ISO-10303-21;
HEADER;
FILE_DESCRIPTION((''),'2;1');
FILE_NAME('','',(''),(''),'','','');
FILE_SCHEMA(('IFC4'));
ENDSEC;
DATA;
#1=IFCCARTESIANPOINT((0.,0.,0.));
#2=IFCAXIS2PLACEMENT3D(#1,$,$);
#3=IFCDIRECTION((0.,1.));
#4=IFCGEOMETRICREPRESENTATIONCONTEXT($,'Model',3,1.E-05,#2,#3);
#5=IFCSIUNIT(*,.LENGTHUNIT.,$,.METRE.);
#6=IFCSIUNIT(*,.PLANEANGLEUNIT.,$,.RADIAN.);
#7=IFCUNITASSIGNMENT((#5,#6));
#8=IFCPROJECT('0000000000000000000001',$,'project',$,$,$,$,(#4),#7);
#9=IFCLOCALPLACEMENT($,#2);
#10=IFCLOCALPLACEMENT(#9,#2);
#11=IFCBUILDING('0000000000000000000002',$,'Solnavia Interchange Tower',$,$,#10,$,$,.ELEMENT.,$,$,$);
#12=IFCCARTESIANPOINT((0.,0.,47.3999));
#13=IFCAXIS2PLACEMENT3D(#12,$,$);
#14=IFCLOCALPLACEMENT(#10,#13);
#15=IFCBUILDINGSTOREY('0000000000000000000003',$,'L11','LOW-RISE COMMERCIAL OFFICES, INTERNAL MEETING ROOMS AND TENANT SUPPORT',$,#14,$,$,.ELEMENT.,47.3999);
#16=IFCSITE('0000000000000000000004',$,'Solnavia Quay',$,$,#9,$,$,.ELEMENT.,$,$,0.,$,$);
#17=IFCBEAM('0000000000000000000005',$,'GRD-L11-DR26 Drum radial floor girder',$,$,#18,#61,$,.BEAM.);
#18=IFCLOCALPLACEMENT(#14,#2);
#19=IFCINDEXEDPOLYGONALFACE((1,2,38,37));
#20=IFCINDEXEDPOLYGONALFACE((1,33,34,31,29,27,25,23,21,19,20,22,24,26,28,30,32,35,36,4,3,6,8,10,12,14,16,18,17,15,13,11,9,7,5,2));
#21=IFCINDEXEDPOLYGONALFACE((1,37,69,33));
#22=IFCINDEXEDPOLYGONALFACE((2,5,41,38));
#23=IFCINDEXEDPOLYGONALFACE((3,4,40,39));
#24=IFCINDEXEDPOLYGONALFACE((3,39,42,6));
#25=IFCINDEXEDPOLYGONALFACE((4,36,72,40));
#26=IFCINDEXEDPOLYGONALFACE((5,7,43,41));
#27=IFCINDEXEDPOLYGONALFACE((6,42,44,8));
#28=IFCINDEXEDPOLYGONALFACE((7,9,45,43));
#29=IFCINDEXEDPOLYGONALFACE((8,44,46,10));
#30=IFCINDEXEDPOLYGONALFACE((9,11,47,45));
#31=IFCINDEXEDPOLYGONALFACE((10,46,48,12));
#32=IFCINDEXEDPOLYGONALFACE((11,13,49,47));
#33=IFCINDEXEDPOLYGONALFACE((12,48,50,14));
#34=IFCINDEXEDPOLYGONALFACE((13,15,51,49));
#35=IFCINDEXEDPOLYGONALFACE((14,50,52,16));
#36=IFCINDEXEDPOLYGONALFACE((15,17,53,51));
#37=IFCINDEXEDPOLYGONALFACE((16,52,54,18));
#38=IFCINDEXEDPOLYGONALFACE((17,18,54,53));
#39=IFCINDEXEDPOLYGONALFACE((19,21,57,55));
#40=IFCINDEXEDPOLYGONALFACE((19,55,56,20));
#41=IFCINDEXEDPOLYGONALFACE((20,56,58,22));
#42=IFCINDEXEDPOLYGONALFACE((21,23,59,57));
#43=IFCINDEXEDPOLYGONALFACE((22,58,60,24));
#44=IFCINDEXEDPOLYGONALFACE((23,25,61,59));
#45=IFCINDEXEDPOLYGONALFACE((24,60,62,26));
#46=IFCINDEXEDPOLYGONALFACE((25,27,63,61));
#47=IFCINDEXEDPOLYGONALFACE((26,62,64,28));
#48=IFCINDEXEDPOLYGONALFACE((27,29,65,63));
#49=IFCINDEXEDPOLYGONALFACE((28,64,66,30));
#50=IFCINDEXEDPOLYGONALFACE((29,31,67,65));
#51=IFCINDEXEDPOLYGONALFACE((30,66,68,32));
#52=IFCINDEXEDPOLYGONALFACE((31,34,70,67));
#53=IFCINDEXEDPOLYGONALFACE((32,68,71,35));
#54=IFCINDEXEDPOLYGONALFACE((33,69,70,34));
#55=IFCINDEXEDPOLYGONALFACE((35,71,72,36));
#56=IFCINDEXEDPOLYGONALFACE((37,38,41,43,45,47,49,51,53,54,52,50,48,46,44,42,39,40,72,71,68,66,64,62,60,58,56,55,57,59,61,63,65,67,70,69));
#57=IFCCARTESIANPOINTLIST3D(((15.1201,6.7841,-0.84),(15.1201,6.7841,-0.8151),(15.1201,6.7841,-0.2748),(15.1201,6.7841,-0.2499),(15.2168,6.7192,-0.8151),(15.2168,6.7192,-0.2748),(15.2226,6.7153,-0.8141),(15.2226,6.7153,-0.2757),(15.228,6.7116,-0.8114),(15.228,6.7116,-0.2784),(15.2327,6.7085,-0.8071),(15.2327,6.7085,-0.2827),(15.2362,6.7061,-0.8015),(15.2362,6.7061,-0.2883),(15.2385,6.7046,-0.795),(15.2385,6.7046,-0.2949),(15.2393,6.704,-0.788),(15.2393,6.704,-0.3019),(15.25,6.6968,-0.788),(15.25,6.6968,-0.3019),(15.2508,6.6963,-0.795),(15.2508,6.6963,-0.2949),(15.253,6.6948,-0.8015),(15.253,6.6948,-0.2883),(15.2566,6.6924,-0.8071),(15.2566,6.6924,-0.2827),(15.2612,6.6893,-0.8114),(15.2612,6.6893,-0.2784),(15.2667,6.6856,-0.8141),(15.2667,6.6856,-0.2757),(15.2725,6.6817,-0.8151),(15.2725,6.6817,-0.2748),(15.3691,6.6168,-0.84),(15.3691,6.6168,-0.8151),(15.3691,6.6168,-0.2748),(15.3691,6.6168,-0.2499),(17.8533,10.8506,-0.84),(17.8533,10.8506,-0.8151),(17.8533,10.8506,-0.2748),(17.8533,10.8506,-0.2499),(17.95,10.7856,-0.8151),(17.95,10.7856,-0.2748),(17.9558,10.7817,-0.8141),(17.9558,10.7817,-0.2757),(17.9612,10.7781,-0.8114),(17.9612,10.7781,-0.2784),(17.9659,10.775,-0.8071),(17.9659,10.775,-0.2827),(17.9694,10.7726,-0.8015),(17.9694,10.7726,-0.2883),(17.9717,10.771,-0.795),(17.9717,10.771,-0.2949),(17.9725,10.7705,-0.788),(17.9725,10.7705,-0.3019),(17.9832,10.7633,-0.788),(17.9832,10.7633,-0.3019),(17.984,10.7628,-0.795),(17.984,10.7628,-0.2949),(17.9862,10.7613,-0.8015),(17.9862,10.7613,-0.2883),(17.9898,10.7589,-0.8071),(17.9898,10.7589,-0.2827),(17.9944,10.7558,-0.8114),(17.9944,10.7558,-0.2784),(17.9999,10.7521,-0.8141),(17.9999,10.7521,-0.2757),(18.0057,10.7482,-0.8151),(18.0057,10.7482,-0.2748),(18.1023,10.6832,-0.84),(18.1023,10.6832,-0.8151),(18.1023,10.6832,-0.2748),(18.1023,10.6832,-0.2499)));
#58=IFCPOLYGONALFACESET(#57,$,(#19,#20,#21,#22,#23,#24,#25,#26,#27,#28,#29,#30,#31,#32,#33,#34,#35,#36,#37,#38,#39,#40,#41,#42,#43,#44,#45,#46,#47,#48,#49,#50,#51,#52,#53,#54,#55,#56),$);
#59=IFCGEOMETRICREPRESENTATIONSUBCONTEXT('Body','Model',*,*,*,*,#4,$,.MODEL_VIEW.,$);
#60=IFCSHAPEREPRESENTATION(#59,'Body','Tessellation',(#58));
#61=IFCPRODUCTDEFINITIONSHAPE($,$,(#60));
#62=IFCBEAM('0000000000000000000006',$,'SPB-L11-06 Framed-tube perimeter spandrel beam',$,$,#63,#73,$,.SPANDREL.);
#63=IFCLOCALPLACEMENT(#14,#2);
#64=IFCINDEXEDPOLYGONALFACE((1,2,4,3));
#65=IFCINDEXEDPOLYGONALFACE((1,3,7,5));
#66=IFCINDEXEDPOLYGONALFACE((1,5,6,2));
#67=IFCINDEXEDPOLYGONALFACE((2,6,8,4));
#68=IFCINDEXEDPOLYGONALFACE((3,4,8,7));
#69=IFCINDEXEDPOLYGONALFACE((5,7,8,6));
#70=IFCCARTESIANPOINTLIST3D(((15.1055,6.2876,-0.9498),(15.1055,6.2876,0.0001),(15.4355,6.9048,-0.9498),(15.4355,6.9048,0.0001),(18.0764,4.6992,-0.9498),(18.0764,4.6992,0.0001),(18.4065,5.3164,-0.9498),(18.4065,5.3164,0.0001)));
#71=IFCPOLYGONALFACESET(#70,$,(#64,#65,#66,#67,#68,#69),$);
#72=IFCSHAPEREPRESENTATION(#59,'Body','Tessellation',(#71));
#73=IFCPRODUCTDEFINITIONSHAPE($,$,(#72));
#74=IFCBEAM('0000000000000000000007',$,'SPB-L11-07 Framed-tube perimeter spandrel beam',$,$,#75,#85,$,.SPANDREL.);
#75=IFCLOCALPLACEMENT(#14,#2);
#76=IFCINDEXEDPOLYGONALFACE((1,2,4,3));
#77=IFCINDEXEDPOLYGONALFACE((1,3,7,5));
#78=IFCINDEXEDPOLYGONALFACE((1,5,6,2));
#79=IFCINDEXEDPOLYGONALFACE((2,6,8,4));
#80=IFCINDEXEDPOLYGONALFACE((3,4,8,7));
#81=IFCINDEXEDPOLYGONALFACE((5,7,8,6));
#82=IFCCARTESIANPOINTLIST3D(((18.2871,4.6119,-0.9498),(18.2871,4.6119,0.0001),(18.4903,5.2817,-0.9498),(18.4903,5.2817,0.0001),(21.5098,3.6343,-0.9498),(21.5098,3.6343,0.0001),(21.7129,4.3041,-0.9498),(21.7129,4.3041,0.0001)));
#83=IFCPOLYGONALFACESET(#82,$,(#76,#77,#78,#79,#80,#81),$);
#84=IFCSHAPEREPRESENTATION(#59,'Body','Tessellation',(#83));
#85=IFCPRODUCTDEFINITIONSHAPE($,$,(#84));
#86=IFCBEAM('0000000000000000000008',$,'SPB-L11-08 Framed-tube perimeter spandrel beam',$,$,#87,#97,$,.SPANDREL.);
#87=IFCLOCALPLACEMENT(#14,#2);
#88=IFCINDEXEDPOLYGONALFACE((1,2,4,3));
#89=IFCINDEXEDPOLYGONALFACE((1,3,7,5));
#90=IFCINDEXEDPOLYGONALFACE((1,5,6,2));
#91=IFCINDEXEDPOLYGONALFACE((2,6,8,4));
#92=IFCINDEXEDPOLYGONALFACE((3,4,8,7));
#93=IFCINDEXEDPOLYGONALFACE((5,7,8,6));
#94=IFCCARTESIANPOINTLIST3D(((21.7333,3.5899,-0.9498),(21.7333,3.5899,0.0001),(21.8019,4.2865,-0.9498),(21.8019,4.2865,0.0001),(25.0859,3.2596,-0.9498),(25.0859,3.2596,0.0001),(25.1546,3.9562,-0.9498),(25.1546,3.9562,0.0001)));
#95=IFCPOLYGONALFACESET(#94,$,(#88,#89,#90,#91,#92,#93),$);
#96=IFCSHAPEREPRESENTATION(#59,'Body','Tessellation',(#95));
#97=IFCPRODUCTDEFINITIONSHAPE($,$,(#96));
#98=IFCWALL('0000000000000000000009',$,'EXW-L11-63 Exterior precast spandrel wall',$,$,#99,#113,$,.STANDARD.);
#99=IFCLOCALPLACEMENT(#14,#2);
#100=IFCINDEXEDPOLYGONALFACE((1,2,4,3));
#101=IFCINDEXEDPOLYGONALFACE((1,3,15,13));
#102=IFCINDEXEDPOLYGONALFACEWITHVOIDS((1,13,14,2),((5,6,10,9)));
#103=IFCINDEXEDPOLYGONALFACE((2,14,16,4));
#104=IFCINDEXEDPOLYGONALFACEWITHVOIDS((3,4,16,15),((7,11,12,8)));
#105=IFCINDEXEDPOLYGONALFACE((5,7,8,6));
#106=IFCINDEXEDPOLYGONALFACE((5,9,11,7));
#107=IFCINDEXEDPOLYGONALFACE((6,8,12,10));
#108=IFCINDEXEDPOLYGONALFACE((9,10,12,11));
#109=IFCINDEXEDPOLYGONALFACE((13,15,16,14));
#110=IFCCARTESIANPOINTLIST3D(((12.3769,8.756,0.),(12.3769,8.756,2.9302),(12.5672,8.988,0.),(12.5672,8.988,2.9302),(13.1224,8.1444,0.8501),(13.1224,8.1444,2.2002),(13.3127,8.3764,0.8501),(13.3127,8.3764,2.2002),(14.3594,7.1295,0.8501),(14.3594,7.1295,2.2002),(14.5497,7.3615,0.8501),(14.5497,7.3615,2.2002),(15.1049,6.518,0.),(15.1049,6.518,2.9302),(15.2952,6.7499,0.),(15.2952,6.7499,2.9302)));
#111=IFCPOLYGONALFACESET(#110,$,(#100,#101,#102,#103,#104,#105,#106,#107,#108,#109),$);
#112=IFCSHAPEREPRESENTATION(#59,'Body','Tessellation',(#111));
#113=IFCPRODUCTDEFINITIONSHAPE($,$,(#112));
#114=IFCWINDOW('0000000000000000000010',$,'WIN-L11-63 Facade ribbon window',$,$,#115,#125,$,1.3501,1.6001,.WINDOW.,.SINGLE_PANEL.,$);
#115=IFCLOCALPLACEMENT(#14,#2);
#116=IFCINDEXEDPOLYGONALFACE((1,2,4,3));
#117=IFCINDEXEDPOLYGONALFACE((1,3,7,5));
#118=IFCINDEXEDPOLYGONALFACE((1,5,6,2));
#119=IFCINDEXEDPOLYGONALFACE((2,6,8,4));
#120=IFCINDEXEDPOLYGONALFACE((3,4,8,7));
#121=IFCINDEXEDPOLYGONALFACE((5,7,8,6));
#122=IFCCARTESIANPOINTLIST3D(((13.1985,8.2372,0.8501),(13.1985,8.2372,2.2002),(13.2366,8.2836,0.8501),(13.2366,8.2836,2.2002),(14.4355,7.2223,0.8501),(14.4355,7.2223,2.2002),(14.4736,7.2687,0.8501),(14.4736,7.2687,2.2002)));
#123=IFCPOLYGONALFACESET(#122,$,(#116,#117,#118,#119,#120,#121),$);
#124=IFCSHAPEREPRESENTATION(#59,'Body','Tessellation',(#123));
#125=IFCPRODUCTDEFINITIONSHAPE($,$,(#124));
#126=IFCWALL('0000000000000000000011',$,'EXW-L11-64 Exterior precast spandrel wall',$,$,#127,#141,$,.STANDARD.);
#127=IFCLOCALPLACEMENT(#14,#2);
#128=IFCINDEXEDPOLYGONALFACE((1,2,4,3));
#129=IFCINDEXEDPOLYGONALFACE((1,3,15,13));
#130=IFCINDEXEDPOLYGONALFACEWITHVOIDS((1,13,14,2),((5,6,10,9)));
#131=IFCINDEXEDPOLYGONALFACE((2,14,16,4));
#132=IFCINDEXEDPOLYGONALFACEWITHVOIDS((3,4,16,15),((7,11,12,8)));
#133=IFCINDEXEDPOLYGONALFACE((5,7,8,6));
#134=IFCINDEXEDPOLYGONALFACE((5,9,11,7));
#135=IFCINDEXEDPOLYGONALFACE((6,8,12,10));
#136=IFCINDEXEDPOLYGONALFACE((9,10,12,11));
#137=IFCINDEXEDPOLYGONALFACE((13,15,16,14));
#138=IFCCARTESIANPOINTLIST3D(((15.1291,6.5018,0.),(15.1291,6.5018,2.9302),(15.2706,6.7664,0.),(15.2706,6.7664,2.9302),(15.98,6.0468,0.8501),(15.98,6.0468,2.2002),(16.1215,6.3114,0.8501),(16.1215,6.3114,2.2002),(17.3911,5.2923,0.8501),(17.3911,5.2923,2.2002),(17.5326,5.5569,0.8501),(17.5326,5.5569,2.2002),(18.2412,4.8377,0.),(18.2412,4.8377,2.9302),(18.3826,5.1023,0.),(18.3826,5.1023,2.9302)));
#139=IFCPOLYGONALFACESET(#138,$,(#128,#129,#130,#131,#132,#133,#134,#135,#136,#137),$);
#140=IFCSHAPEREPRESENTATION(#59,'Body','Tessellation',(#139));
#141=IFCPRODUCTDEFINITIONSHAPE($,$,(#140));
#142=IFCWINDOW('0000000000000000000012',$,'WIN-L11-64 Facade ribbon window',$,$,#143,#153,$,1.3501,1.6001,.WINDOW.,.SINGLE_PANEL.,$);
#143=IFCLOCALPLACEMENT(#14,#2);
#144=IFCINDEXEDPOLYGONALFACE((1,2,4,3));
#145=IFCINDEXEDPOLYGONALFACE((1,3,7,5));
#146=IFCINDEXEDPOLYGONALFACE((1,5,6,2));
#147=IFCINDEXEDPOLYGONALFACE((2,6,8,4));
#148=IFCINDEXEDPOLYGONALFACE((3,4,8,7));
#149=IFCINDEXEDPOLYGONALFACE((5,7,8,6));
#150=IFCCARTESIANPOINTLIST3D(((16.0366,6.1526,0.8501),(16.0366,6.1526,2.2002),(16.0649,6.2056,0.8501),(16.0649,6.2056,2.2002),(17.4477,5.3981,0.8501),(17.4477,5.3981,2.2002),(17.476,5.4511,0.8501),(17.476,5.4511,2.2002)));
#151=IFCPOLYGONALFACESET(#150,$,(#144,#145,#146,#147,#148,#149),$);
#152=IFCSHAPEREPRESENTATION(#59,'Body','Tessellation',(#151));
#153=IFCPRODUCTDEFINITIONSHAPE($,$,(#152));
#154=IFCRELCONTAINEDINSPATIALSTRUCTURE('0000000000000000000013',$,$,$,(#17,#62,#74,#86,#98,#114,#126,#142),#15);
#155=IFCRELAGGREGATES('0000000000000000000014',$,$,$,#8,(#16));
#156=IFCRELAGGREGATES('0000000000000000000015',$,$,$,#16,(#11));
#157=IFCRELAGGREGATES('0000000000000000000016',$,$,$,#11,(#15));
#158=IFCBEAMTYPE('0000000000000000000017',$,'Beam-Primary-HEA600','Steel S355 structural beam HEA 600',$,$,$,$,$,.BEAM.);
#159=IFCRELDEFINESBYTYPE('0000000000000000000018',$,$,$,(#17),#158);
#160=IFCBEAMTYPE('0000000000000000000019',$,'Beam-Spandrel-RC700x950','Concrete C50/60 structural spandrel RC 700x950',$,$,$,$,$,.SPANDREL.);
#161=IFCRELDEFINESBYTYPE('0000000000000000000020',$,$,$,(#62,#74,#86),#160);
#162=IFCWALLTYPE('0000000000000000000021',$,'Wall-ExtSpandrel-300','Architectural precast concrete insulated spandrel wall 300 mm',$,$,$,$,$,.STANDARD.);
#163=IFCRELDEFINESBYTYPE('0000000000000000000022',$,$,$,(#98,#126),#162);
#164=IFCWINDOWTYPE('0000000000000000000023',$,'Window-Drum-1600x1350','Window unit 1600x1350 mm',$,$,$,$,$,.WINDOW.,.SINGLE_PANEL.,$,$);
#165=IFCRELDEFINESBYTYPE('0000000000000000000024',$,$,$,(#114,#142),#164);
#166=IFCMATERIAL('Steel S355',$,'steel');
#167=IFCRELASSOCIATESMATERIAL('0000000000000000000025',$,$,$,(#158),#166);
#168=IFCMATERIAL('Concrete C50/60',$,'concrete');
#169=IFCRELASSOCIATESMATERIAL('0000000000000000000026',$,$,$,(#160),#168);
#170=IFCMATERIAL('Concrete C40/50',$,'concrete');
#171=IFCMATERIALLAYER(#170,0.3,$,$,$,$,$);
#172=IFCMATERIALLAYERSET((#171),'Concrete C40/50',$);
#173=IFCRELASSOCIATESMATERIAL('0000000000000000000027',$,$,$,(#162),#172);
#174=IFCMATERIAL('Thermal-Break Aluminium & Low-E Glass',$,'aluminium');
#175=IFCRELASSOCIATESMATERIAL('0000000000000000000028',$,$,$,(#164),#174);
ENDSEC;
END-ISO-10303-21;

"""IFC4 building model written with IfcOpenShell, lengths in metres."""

from ifc_helpers import new_model, si_unit, direction, frame, frame_2d, origin, origin_2d, place, context, subcontext, project, spatial, rectangle, i_section, extrude, material, layer, layer_set, material_profile, profile_set, type_object, element, fill, save


model = new_model("IFC4")

# Units and contexts
model_context = context("Model", 3, precision=1e-05, world=origin(), true_north=direction((0.0, 1.0)))
body_context = subcontext(model_context, "Body", "Model", "MODEL_VIEW")
ifc_project = project(units=[si_unit("LENGTHUNIT", "METRE"), si_unit("PLANEANGLEUNIT", "RADIAN")], contexts=[model_context])

# Site, building, storey
site_placement = place(None, origin())
site = spatial("IfcSite", under=ifc_project, at=site_placement, Name="Solnavia Quay", CompositionType="ELEMENT", RefElevation=0.0)
building_placement = place(site_placement, origin())
building = spatial("IfcBuilding", under=site, at=building_placement, Name="Solnavia Interchange Tower", CompositionType="ELEMENT")
storey_placement = place(building_placement, frame((0.0, 0.0, 47.3999)))
storey = spatial("IfcBuildingStorey", under=building, at=storey_placement, Name="L11", Description="LOW-RISE COMMERCIAL OFFICES, INTERNAL MEETING ROOMS AND TENANT SUPPORT", CompositionType="ELEMENT", Elevation=47.3999)

# Shared definitions
ifc_material_1 = material(Name="Steel S355", Category="steel")

# Beams
ifc_material_profile_1 = material_profile(ifc_material_1, i_section(OverallWidth=0.3, OverallDepth=0.5901, WebThickness=0.0129, FlangeThickness=0.0249, FilletRadius=0.0271, at=origin_2d()), Name="HEA 600")
ifc_profile_set_1 = profile_set([ifc_material_profile_1], Name="Steel S355")
beam_type_1 = type_object("IfcBeamType", Name="Beam-Primary-HEA600", Description="Steel S355 structural beam HEA 600", PredefinedType="BEAM", material=ifc_profile_set_1)
beam_1_placement = place(storey_placement, frame((15.2446, 6.7004, -0.5449), z_axis=(0.557835, 0.829952, 0.0), x_axis=(-0.829952, 0.557835, 0.0)))
element("IfcBeam", 1, at=beam_1_placement, inside=storey, type_object=beam_type_1, Name="GRD-L11-DR26 Drum radial floor girder", PredefinedType="BEAM", context=body_context, shape_type="SweptSolid", body=[
    extrude(i_section(OverallWidth=0.3, OverallDepth=0.5901, WebThickness=0.0129, FlangeThickness=0.0249, FilletRadius=0.0271, at=origin_2d()), origin(), (0.0, 0.0, 1.0), 4.8997),
])
ifc_material_2 = material(Name="Concrete C50/60", Category="concrete")
ifc_material_profile_2 = material_profile(ifc_material_2, rectangle(XDim=0.7, YDim=0.95, at=origin_2d()), Name="RC 700x950")
ifc_profile_set_2 = profile_set([ifc_material_profile_2], Name="Concrete C50/60")
beam_type_2 = type_object("IfcBeamType", Name="Beam-Spandrel-RC700x950", Description="Concrete C50/60 structural spandrel RC 700x950", PredefinedType="SPANDREL", material=ifc_profile_set_2)
beam_2_placement = place(storey_placement, frame((15.2705, 6.5962, -0.4749), z_axis=(0.881875, -0.471483, 0.0), x_axis=(0.471483, 0.881875, 0.0)))
element("IfcBeam", 2, at=beam_2_placement, inside=storey, type_object=beam_type_2, Name="SPB-L11-06 Framed-tube perimeter spandrel beam", PredefinedType="SPANDREL", context=body_context, shape_type="SweptSolid", body=[
    extrude(rectangle(XDim=0.7, YDim=0.95, at=origin_2d()), origin(), (0.0, 0.0, 1.0), 3.3689),
])
beam_3_placement = place(storey_placement, frame((18.3887, 4.9468, -0.4749), z_axis=(0.956944, -0.290273, 0.0), x_axis=(0.290273, 0.956944, 0.0)))
element("IfcBeam", 3, at=beam_3_placement, inside=storey, type_object=beam_type_2, Name="SPB-L11-07 Framed-tube perimeter spandrel beam", PredefinedType="SPANDREL", context=body_context, shape_type="SweptSolid", body=[
    extrude(rectangle(XDim=0.7, YDim=0.95, at=origin_2d()), origin(), (0.0, 0.0, 1.0), 3.3677),
])
beam_4_placement = place(storey_placement, frame((21.7676, 3.9382, -0.4749), z_axis=(0.995182, -0.098047, 0.0), x_axis=(0.098047, 0.995182, 0.0)))
element("IfcBeam", 4, at=beam_4_placement, inside=storey, type_object=beam_type_2, Name="SPB-L11-08 Framed-tube perimeter spandrel beam", PredefinedType="SPANDREL", context=body_context, shape_type="SweptSolid", body=[
    extrude(rectangle(XDim=0.7, YDim=0.95, at=origin_2d()), origin(), (0.0, 0.0, 1.0), 3.3689),
])

# Walls, openings, windows
ifc_material_3 = material(Name="Concrete C40/50", Category="concrete")
ifc_layer_1 = layer(ifc_material_3, 0.3)
ifc_layer_set_1 = layer_set([ifc_layer_1], Name="Concrete C40/50")
wall_type_1 = type_object("IfcWallType", Name="Wall-ExtSpandrel-300", Description="Architectural precast concrete insulated spandrel wall 300 mm", PredefinedType="STANDARD", material=ifc_layer_set_1)
wall_1_placement = place(storey_placement, frame((15.2, 6.634, 0.0), z_axis=(0.0, 0.0, 1.0), x_axis=(-0.773121, 0.634258, 0.0)))
wall_1 = element("IfcWall", 5, at=wall_1_placement, inside=storey, type_object=wall_type_1, Name="EXW-L11-63 Exterior precast spandrel wall", PredefinedType="STANDARD", context=body_context, shape_type="SweptSolid", body=[
    extrude(rectangle(XDim=3.5286, YDim=0.3, at=frame_2d((1.7642, 0.0))), origin(), (0.0, 0.0, 1.0), 2.9302),
])
opening_1_placement = place(wall_1_placement, frame((0.9641, 0.0, 0.8501)))
opening_1 = element("IfcOpeningElement", 6, at=opening_1_placement, cuts=wall_1, PredefinedType="OPENING", context=body_context, shape_type="SweptSolid", body=[
    extrude(rectangle(XDim=1.6001, YDim=1.3501, at=frame_2d((0.8, 0.675))), frame((0.0, 0.1602, 0.0), z_axis=(0.0, -1.0, 0.0), x_axis=(1.0, 0.0, 0.0)), (0.0, 0.0, 1.0), 0.3201),
])
ifc_material_4 = material(Name="Thermal-Break Aluminium & Low-E Glass", Category="aluminium")
window_type = type_object("IfcWindowType", Name="Window-Drum-1600x1350", Description="Window unit 1600x1350 mm", PartitioningType="SINGLE_PANEL", PredefinedType="WINDOW", material=ifc_material_4)
window_1_placement = place(opening_1_placement, origin())
window_1 = element("IfcWindow", 7, at=window_1_placement, inside=storey, type_object=window_type, Name="WIN-L11-63 Facade ribbon window", OverallHeight=1.3501, OverallWidth=1.6001, PartitioningType="SINGLE_PANEL", PredefinedType="WINDOW", context=body_context, shape_type="SweptSolid", body=[
    extrude(rectangle(XDim=1.6001, YDim=1.3501, at=frame_2d((0.8, 0.675))), frame((0.0, 0.03, 0.0), z_axis=(0.0, -1.0, 0.0), x_axis=(1.0, 0.0, 0.0)), (0.0, 0.0, 1.0), 0.0601),
])
fill(opening_1, window_1)
wall_2_placement = place(storey_placement, frame((18.312, 4.97, 0.0), z_axis=(0.0, 0.0, 1.0), x_axis=(-0.881847, 0.471536, 0.0)))
wall_2 = element("IfcWall", 8, at=wall_2_placement, inside=storey, type_object=wall_type_1, Name="EXW-L11-64 Exterior precast spandrel wall", PredefinedType="STANDARD", context=body_context, shape_type="SweptSolid", body=[
    extrude(rectangle(XDim=3.5291, YDim=0.3, at=frame_2d((1.7646, 0.0))), origin(), (0.0, 0.0, 1.0), 2.9302),
])
opening_2_placement = place(wall_2_placement, frame((0.9641, 0.0, 0.8501)))
opening_2 = element("IfcOpeningElement", 9, at=opening_2_placement, cuts=wall_2, PredefinedType="OPENING", context=body_context, shape_type="SweptSolid", body=[
    extrude(rectangle(XDim=1.6001, YDim=1.3501, at=frame_2d((0.8, 0.675))), frame((0.0, 0.1602, 0.0), z_axis=(0.0, -1.0, 0.0), x_axis=(1.0, 0.0, 0.0)), (0.0, 0.0, 1.0), 0.3201),
])
window_2_placement = place(opening_2_placement, origin())
window_2 = element("IfcWindow", 10, at=window_2_placement, inside=storey, type_object=window_type, Name="WIN-L11-64 Facade ribbon window", OverallHeight=1.3501, OverallWidth=1.6001, PartitioningType="SINGLE_PANEL", PredefinedType="WINDOW", context=body_context, shape_type="SweptSolid", body=[
    extrude(rectangle(XDim=1.6001, YDim=1.3501, at=frame_2d((0.8, 0.675))), frame((0.0, 0.03, 0.0), z_axis=(0.0, -1.0, 0.0), x_axis=(1.0, 0.0, 0.0)), (0.0, 0.0, 1.0), 0.0601),
])
fill(opening_2, window_2)

save(model, "model.ifc")
